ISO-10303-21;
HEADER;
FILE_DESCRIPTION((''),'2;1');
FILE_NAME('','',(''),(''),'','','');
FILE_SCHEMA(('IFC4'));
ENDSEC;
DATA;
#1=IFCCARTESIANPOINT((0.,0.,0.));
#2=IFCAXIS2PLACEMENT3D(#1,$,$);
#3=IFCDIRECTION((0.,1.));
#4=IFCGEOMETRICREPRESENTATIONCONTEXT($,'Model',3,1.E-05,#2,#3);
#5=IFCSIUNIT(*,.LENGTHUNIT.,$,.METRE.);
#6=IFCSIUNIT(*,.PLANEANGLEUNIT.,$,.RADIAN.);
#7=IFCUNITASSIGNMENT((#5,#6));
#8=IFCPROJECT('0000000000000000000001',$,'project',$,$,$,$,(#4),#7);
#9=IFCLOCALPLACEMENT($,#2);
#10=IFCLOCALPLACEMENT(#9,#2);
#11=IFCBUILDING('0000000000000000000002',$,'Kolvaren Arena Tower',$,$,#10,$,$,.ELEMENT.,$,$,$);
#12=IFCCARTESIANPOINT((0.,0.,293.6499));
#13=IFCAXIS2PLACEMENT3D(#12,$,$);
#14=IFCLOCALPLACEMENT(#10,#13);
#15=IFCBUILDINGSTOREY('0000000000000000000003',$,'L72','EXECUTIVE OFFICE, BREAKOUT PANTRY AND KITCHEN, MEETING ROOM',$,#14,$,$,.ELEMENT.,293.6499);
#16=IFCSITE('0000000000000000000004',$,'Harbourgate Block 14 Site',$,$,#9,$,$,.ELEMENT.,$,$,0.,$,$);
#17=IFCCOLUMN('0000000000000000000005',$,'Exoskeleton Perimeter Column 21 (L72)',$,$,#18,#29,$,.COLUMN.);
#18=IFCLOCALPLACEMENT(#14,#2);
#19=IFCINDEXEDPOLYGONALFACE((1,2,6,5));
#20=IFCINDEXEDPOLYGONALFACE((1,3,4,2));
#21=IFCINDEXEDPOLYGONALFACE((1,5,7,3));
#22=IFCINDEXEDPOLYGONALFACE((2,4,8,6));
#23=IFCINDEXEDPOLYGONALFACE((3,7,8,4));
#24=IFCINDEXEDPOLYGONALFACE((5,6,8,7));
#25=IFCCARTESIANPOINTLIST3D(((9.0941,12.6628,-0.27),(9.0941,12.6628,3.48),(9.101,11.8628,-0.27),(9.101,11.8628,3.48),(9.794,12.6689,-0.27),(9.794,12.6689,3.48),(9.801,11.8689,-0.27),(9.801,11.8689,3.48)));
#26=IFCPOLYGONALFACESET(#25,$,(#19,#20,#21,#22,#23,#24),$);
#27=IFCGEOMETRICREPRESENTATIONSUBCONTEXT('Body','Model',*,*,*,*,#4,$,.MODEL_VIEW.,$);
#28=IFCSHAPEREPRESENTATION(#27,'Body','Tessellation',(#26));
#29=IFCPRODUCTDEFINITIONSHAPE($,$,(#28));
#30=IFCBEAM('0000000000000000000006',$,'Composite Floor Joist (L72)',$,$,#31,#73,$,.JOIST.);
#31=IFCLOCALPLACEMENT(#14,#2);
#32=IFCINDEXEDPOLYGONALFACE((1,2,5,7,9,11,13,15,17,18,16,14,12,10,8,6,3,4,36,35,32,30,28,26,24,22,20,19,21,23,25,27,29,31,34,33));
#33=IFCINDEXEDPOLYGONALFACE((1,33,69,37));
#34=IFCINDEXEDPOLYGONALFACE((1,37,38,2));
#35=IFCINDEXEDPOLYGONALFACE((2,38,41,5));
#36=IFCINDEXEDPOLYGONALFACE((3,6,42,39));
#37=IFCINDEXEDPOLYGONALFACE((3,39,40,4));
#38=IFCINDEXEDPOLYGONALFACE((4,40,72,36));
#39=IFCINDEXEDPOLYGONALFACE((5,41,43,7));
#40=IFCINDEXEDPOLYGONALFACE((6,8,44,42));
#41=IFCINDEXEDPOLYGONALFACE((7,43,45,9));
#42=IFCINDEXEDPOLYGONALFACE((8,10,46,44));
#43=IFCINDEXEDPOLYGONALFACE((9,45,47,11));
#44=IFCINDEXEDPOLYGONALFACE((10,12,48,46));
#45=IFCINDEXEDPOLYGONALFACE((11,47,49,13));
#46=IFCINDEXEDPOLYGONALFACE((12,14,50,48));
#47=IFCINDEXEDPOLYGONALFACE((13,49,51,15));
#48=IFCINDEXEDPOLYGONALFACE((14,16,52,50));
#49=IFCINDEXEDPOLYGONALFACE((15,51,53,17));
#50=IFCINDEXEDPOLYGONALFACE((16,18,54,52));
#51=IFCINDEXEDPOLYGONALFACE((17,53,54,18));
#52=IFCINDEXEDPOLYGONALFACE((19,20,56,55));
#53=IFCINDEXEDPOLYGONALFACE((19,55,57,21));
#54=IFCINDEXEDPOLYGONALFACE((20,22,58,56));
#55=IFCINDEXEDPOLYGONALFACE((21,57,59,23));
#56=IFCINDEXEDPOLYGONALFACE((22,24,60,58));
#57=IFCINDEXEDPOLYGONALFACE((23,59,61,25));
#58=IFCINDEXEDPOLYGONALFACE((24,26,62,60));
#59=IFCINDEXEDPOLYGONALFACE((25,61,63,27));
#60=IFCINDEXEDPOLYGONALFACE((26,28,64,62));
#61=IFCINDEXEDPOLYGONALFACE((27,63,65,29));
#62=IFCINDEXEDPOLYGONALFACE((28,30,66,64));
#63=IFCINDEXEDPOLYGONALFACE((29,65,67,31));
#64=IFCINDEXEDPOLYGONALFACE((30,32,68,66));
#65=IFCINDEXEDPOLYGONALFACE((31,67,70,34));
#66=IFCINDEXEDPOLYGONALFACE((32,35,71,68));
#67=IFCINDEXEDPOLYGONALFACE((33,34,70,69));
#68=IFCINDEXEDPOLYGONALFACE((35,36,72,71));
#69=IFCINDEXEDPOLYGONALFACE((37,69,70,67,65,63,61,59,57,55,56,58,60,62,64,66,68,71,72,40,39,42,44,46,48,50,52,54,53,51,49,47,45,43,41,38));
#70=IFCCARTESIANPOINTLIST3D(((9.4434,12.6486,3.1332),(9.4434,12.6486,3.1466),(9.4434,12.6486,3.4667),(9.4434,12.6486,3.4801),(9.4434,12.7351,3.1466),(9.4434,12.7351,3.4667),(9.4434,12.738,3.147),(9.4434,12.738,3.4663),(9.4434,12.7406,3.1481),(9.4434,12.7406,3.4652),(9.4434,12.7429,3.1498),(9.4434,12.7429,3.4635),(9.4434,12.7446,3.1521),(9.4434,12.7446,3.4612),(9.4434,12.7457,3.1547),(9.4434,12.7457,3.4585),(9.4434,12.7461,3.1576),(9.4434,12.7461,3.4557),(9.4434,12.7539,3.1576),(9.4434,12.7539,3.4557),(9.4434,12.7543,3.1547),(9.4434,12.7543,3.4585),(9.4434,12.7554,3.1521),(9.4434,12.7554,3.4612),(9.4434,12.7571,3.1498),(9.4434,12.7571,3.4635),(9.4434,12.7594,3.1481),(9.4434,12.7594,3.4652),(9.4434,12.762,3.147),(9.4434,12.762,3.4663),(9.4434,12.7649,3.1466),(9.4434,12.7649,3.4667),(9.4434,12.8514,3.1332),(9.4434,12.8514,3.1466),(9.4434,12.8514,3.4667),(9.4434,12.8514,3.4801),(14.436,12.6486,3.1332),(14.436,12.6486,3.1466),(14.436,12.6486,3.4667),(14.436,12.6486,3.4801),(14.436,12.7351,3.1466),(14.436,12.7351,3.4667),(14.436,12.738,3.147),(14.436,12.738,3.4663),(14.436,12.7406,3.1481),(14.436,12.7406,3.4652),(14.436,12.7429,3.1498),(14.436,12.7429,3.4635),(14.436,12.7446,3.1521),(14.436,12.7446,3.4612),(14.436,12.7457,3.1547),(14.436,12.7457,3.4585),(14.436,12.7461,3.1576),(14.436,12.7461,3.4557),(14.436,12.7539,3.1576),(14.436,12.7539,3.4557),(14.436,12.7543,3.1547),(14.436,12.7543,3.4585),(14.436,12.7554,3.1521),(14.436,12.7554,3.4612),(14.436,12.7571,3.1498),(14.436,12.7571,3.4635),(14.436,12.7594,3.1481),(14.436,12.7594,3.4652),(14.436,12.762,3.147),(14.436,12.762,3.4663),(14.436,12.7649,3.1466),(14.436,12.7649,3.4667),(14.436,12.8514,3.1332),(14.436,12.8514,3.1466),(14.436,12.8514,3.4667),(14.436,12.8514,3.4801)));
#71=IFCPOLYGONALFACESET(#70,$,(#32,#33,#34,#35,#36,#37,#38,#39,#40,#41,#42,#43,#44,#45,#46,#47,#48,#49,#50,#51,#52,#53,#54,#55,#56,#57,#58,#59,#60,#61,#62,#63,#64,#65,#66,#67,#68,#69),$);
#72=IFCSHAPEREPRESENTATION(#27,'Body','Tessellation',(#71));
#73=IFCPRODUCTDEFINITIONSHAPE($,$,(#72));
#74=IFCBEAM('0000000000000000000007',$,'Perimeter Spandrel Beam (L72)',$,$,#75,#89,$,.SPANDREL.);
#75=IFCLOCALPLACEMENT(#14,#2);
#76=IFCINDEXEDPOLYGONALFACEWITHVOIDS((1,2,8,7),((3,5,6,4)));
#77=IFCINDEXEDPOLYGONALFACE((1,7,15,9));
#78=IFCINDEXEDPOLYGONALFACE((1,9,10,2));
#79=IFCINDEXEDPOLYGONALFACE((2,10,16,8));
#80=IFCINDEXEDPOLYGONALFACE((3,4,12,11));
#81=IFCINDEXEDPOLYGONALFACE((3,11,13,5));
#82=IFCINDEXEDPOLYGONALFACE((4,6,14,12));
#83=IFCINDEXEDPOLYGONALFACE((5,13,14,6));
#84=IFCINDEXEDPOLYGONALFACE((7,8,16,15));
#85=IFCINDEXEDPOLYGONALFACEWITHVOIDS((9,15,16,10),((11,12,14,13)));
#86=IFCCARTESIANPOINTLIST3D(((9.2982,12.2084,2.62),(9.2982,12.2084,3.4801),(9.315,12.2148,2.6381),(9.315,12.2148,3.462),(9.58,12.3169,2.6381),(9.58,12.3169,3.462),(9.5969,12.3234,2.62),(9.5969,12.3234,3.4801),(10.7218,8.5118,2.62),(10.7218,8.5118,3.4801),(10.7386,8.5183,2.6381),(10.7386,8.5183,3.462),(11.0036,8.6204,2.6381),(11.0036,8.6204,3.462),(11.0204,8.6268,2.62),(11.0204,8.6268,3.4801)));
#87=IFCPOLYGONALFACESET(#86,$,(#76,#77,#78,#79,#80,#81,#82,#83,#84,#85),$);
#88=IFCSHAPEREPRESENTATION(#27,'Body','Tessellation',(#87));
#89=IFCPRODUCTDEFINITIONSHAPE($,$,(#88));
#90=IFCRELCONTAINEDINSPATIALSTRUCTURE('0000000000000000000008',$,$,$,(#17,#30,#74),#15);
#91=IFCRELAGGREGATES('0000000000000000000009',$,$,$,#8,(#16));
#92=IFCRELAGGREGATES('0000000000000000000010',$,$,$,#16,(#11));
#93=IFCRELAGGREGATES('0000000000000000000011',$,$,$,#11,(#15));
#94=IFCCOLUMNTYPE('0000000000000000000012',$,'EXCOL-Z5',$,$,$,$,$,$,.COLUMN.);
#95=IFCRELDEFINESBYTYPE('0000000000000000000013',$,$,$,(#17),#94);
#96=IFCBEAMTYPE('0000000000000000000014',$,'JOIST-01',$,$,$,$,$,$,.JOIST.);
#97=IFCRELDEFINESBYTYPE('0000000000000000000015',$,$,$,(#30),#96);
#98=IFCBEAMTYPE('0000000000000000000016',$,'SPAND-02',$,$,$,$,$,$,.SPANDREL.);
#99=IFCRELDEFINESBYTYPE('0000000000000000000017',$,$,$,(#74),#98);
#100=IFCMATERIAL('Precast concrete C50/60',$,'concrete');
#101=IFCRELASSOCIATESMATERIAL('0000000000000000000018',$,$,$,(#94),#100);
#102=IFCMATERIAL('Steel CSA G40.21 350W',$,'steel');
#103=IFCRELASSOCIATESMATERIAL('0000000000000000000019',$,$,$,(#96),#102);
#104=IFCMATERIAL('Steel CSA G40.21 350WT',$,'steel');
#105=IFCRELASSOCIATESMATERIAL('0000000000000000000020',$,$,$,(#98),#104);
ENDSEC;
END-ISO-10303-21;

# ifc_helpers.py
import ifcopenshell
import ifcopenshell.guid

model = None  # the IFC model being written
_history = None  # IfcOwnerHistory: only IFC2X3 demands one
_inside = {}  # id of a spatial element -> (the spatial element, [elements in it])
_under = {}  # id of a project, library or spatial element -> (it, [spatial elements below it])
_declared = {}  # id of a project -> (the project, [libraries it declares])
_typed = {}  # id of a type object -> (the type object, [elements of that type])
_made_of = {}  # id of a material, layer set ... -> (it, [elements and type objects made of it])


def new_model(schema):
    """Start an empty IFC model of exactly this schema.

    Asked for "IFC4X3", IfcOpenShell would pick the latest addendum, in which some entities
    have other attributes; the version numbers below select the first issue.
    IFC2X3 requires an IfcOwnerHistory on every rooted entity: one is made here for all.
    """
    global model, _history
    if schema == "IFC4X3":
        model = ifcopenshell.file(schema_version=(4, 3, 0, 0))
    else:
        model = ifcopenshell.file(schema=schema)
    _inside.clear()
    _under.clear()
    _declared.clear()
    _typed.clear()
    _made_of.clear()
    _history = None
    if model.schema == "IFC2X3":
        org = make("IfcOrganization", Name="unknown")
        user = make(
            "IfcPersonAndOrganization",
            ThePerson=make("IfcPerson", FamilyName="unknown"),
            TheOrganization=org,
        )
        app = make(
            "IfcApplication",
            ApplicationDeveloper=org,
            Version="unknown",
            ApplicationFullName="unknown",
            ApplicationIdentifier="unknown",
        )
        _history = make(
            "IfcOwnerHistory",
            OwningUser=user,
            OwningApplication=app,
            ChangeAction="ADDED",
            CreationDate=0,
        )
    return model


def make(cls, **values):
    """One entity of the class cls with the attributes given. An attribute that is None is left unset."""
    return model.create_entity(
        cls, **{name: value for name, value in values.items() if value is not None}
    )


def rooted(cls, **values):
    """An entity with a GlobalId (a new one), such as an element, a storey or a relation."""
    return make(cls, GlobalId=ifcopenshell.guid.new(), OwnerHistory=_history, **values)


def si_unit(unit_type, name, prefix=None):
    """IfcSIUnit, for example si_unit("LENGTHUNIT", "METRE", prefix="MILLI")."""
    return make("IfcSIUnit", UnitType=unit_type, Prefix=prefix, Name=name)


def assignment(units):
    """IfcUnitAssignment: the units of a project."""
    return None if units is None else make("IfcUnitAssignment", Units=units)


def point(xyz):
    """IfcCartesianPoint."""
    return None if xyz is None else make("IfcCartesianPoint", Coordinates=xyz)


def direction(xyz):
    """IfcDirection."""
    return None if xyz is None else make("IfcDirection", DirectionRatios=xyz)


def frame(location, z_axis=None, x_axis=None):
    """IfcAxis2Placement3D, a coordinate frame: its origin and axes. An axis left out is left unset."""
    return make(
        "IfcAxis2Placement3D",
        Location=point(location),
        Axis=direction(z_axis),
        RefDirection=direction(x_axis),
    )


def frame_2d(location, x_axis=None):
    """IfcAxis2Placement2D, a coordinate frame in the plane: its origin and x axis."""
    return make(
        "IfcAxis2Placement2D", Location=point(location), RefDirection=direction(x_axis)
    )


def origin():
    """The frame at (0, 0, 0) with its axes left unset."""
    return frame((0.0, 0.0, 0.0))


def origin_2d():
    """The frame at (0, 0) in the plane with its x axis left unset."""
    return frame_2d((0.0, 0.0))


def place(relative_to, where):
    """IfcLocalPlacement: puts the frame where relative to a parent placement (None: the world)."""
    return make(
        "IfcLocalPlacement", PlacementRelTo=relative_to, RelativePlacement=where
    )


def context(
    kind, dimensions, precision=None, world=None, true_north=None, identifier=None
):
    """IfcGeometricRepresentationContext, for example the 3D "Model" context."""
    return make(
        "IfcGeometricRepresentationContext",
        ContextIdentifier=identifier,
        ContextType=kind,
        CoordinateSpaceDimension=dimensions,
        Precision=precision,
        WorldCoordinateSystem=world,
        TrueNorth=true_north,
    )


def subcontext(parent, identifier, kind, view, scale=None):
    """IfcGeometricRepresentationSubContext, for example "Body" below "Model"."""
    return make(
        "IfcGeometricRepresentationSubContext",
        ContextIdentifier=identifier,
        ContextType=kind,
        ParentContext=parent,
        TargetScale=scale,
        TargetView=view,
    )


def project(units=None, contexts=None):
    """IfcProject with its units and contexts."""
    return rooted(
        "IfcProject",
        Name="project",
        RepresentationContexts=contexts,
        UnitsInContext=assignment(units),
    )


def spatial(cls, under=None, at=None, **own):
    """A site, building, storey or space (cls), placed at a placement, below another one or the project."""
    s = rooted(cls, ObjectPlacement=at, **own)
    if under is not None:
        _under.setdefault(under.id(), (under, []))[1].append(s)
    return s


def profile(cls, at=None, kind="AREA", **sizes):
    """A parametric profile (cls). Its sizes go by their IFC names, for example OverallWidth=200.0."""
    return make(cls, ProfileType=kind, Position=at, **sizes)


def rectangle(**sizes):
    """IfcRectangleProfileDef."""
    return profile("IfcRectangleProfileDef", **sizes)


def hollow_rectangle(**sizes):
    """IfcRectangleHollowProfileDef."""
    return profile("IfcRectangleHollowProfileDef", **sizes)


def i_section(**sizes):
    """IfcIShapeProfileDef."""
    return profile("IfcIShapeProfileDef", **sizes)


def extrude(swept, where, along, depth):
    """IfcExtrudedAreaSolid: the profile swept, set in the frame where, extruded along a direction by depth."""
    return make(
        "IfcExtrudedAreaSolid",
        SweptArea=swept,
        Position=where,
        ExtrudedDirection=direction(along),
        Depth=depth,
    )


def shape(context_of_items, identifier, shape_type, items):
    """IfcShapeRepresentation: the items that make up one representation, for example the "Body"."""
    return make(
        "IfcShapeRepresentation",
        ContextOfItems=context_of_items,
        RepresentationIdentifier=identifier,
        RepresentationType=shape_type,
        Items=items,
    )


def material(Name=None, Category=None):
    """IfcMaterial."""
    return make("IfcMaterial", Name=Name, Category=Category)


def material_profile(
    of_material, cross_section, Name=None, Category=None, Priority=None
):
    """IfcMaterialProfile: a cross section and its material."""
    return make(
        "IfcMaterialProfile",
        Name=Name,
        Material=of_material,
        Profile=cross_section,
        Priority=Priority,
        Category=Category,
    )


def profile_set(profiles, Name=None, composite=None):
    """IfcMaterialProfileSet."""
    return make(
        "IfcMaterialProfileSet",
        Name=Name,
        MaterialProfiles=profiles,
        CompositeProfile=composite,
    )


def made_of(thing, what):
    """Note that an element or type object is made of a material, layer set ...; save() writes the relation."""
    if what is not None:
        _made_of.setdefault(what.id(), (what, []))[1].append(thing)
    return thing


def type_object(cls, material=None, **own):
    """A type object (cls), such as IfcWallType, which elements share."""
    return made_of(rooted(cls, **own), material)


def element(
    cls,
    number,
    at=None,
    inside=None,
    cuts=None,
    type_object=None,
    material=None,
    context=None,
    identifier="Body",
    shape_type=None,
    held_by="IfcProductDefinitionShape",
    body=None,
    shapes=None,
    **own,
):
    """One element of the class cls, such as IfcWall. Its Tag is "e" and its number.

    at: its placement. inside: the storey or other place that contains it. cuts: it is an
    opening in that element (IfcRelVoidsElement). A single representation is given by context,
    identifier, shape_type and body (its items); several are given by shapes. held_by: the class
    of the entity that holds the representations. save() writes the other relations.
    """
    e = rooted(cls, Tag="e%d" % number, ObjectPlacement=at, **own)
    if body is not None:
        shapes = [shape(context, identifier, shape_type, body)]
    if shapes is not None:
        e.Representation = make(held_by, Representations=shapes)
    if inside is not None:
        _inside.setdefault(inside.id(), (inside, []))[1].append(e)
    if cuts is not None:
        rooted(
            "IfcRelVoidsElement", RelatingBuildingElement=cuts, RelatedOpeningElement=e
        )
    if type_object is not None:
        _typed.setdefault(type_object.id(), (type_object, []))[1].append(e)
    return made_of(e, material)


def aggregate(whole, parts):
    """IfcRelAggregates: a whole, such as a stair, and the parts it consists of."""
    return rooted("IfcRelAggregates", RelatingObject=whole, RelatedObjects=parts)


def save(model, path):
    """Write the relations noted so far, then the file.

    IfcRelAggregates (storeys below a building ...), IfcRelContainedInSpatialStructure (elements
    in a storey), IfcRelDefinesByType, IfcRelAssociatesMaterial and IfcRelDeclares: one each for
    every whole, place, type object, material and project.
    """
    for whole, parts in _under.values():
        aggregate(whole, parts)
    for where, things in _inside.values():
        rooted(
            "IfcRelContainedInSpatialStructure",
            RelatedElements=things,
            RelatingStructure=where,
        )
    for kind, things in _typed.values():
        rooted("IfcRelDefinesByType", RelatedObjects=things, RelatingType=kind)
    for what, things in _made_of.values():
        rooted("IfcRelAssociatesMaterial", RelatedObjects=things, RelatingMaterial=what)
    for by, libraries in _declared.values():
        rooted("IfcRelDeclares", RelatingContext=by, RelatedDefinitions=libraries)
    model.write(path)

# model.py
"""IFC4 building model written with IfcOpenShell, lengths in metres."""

from ifc_helpers import new_model, si_unit, direction, frame, origin, origin_2d, place, context, subcontext, project, spatial, rectangle, hollow_rectangle, i_section, extrude, material, material_profile, profile_set, type_object, element, save


model = new_model("IFC4")

# Units and contexts
model_context = context("Model", 3, precision=1e-05, world=origin(), true_north=direction((0.0, 1.0)))
body_context = subcontext(model_context, "Body", "Model", "MODEL_VIEW")
ifc_project = project(units=[si_unit("LENGTHUNIT", "METRE"), si_unit("PLANEANGLEUNIT", "RADIAN")], contexts=[model_context])

# Site, building, storey
site_placement = place(None, origin())
site = spatial("IfcSite", under=ifc_project, at=site_placement, Name="Harbourgate Block 14 Site", CompositionType="ELEMENT", RefElevation=0.0)
building_placement = place(site_placement, origin())
building = spatial("IfcBuilding", under=site, at=building_placement, Name="Kolvaren Arena Tower", CompositionType="ELEMENT")
storey_placement = place(building_placement, frame((0.0, 0.0, 293.6499)))
storey = spatial("IfcBuildingStorey", under=building, at=storey_placement, Name="L72", Description="EXECUTIVE OFFICE, BREAKOUT PANTRY AND KITCHEN, MEETING ROOM", CompositionType="ELEMENT", Elevation=293.6499)

# Column
ifc_material_1 = material(Name="Precast concrete C50/60", Category="concrete")
ifc_material_profile_1 = material_profile(ifc_material_1, rectangle(XDim=0.8, YDim=0.7, at=origin_2d()), Name="RC-800x700")
ifc_profile_set_1 = profile_set([ifc_material_profile_1], Name="Precast concrete C50/60")
column_type = type_object("IfcColumnType", Name="EXCOL-Z5", PredefinedType="COLUMN", material=ifc_profile_set_1)
column_placement = place(storey_placement, frame((9.4475, 12.2659, -0.27), z_axis=(0.0, 0.0, 1.0), x_axis=(-0.008727, 0.999962, 0.0)))
element("IfcColumn", 1, at=column_placement, inside=storey, type_object=column_type, Name="Exoskeleton Perimeter Column 21 (L72)", PredefinedType="COLUMN", context=body_context, shape_type="SweptSolid", body=[
    extrude(rectangle(XDim=0.8, YDim=0.7, at=origin_2d()), origin(), (0.0, 0.0, 1.0), 3.75),
])

# Beams
ifc_material_2 = material(Name="Steel CSA G40.21 350W", Category="steel")
ifc_material_profile_2 = material_profile(ifc_material_2, i_section(OverallWidth=0.2029, OverallDepth=0.3469, WebThickness=0.0078, FlangeThickness=0.0134, FilletRadius=0.011, at=origin_2d()), Name="W360x64")
ifc_profile_set_2 = profile_set([ifc_material_profile_2], Name="Steel CSA G40.21 350W")
beam_type_1 = type_object("IfcBeamType", Name="JOIST-01", PredefinedType="JOIST", material=ifc_profile_set_2)
beam_1_placement = place(storey_placement, frame((9.4434, 12.75, 3.3066), z_axis=(1.0, 0.0, 0.0), x_axis=(0.0, 1.0, 0.0)))
element("IfcBeam", 2, at=beam_1_placement, inside=storey, type_object=beam_type_1, Name="Composite Floor Joist (L72)", PredefinedType="JOIST", context=body_context, shape_type="SweptSolid", body=[
    extrude(i_section(OverallWidth=0.2029, OverallDepth=0.3469, WebThickness=0.0078, FlangeThickness=0.0134, FilletRadius=0.011, at=origin_2d()), origin(), (0.0, 0.0, 1.0), 4.9927),
])
ifc_material_3 = material(Name="Steel CSA G40.21 350WT", Category="steel")
ifc_material_profile_3 = material_profile(ifc_material_3, hollow_rectangle(XDim=0.3201, YDim=0.8601, WallThickness=0.0181, at=origin_2d()), Name="HSS 860x320x18")
ifc_profile_set_3 = profile_set([ifc_material_profile_3], Name="Steel CSA G40.21 350WT")
beam_type_2 = type_object("IfcBeamType", Name="SPAND-02", PredefinedType="SPANDREL", material=ifc_profile_set_3)
beam_2_placement = place(storey_placement, frame((9.4475, 12.2659, 3.05), z_axis=(0.359384, -0.93319, 0.0), x_axis=(0.93319, 0.359384, 0.0)))
element("IfcBeam", 3, at=beam_2_placement, inside=storey, type_object=beam_type_2, Name="Perimeter Spandrel Beam (L72)", PredefinedType="SPANDREL", context=body_context, shape_type="SweptSolid", body=[
    extrude(hollow_rectangle(XDim=0.3201, YDim=0.8601, WallThickness=0.0181, at=origin_2d()), origin(), (0.0, 0.0, 1.0), 3.9612),
])

save(model, "model.ifc")
